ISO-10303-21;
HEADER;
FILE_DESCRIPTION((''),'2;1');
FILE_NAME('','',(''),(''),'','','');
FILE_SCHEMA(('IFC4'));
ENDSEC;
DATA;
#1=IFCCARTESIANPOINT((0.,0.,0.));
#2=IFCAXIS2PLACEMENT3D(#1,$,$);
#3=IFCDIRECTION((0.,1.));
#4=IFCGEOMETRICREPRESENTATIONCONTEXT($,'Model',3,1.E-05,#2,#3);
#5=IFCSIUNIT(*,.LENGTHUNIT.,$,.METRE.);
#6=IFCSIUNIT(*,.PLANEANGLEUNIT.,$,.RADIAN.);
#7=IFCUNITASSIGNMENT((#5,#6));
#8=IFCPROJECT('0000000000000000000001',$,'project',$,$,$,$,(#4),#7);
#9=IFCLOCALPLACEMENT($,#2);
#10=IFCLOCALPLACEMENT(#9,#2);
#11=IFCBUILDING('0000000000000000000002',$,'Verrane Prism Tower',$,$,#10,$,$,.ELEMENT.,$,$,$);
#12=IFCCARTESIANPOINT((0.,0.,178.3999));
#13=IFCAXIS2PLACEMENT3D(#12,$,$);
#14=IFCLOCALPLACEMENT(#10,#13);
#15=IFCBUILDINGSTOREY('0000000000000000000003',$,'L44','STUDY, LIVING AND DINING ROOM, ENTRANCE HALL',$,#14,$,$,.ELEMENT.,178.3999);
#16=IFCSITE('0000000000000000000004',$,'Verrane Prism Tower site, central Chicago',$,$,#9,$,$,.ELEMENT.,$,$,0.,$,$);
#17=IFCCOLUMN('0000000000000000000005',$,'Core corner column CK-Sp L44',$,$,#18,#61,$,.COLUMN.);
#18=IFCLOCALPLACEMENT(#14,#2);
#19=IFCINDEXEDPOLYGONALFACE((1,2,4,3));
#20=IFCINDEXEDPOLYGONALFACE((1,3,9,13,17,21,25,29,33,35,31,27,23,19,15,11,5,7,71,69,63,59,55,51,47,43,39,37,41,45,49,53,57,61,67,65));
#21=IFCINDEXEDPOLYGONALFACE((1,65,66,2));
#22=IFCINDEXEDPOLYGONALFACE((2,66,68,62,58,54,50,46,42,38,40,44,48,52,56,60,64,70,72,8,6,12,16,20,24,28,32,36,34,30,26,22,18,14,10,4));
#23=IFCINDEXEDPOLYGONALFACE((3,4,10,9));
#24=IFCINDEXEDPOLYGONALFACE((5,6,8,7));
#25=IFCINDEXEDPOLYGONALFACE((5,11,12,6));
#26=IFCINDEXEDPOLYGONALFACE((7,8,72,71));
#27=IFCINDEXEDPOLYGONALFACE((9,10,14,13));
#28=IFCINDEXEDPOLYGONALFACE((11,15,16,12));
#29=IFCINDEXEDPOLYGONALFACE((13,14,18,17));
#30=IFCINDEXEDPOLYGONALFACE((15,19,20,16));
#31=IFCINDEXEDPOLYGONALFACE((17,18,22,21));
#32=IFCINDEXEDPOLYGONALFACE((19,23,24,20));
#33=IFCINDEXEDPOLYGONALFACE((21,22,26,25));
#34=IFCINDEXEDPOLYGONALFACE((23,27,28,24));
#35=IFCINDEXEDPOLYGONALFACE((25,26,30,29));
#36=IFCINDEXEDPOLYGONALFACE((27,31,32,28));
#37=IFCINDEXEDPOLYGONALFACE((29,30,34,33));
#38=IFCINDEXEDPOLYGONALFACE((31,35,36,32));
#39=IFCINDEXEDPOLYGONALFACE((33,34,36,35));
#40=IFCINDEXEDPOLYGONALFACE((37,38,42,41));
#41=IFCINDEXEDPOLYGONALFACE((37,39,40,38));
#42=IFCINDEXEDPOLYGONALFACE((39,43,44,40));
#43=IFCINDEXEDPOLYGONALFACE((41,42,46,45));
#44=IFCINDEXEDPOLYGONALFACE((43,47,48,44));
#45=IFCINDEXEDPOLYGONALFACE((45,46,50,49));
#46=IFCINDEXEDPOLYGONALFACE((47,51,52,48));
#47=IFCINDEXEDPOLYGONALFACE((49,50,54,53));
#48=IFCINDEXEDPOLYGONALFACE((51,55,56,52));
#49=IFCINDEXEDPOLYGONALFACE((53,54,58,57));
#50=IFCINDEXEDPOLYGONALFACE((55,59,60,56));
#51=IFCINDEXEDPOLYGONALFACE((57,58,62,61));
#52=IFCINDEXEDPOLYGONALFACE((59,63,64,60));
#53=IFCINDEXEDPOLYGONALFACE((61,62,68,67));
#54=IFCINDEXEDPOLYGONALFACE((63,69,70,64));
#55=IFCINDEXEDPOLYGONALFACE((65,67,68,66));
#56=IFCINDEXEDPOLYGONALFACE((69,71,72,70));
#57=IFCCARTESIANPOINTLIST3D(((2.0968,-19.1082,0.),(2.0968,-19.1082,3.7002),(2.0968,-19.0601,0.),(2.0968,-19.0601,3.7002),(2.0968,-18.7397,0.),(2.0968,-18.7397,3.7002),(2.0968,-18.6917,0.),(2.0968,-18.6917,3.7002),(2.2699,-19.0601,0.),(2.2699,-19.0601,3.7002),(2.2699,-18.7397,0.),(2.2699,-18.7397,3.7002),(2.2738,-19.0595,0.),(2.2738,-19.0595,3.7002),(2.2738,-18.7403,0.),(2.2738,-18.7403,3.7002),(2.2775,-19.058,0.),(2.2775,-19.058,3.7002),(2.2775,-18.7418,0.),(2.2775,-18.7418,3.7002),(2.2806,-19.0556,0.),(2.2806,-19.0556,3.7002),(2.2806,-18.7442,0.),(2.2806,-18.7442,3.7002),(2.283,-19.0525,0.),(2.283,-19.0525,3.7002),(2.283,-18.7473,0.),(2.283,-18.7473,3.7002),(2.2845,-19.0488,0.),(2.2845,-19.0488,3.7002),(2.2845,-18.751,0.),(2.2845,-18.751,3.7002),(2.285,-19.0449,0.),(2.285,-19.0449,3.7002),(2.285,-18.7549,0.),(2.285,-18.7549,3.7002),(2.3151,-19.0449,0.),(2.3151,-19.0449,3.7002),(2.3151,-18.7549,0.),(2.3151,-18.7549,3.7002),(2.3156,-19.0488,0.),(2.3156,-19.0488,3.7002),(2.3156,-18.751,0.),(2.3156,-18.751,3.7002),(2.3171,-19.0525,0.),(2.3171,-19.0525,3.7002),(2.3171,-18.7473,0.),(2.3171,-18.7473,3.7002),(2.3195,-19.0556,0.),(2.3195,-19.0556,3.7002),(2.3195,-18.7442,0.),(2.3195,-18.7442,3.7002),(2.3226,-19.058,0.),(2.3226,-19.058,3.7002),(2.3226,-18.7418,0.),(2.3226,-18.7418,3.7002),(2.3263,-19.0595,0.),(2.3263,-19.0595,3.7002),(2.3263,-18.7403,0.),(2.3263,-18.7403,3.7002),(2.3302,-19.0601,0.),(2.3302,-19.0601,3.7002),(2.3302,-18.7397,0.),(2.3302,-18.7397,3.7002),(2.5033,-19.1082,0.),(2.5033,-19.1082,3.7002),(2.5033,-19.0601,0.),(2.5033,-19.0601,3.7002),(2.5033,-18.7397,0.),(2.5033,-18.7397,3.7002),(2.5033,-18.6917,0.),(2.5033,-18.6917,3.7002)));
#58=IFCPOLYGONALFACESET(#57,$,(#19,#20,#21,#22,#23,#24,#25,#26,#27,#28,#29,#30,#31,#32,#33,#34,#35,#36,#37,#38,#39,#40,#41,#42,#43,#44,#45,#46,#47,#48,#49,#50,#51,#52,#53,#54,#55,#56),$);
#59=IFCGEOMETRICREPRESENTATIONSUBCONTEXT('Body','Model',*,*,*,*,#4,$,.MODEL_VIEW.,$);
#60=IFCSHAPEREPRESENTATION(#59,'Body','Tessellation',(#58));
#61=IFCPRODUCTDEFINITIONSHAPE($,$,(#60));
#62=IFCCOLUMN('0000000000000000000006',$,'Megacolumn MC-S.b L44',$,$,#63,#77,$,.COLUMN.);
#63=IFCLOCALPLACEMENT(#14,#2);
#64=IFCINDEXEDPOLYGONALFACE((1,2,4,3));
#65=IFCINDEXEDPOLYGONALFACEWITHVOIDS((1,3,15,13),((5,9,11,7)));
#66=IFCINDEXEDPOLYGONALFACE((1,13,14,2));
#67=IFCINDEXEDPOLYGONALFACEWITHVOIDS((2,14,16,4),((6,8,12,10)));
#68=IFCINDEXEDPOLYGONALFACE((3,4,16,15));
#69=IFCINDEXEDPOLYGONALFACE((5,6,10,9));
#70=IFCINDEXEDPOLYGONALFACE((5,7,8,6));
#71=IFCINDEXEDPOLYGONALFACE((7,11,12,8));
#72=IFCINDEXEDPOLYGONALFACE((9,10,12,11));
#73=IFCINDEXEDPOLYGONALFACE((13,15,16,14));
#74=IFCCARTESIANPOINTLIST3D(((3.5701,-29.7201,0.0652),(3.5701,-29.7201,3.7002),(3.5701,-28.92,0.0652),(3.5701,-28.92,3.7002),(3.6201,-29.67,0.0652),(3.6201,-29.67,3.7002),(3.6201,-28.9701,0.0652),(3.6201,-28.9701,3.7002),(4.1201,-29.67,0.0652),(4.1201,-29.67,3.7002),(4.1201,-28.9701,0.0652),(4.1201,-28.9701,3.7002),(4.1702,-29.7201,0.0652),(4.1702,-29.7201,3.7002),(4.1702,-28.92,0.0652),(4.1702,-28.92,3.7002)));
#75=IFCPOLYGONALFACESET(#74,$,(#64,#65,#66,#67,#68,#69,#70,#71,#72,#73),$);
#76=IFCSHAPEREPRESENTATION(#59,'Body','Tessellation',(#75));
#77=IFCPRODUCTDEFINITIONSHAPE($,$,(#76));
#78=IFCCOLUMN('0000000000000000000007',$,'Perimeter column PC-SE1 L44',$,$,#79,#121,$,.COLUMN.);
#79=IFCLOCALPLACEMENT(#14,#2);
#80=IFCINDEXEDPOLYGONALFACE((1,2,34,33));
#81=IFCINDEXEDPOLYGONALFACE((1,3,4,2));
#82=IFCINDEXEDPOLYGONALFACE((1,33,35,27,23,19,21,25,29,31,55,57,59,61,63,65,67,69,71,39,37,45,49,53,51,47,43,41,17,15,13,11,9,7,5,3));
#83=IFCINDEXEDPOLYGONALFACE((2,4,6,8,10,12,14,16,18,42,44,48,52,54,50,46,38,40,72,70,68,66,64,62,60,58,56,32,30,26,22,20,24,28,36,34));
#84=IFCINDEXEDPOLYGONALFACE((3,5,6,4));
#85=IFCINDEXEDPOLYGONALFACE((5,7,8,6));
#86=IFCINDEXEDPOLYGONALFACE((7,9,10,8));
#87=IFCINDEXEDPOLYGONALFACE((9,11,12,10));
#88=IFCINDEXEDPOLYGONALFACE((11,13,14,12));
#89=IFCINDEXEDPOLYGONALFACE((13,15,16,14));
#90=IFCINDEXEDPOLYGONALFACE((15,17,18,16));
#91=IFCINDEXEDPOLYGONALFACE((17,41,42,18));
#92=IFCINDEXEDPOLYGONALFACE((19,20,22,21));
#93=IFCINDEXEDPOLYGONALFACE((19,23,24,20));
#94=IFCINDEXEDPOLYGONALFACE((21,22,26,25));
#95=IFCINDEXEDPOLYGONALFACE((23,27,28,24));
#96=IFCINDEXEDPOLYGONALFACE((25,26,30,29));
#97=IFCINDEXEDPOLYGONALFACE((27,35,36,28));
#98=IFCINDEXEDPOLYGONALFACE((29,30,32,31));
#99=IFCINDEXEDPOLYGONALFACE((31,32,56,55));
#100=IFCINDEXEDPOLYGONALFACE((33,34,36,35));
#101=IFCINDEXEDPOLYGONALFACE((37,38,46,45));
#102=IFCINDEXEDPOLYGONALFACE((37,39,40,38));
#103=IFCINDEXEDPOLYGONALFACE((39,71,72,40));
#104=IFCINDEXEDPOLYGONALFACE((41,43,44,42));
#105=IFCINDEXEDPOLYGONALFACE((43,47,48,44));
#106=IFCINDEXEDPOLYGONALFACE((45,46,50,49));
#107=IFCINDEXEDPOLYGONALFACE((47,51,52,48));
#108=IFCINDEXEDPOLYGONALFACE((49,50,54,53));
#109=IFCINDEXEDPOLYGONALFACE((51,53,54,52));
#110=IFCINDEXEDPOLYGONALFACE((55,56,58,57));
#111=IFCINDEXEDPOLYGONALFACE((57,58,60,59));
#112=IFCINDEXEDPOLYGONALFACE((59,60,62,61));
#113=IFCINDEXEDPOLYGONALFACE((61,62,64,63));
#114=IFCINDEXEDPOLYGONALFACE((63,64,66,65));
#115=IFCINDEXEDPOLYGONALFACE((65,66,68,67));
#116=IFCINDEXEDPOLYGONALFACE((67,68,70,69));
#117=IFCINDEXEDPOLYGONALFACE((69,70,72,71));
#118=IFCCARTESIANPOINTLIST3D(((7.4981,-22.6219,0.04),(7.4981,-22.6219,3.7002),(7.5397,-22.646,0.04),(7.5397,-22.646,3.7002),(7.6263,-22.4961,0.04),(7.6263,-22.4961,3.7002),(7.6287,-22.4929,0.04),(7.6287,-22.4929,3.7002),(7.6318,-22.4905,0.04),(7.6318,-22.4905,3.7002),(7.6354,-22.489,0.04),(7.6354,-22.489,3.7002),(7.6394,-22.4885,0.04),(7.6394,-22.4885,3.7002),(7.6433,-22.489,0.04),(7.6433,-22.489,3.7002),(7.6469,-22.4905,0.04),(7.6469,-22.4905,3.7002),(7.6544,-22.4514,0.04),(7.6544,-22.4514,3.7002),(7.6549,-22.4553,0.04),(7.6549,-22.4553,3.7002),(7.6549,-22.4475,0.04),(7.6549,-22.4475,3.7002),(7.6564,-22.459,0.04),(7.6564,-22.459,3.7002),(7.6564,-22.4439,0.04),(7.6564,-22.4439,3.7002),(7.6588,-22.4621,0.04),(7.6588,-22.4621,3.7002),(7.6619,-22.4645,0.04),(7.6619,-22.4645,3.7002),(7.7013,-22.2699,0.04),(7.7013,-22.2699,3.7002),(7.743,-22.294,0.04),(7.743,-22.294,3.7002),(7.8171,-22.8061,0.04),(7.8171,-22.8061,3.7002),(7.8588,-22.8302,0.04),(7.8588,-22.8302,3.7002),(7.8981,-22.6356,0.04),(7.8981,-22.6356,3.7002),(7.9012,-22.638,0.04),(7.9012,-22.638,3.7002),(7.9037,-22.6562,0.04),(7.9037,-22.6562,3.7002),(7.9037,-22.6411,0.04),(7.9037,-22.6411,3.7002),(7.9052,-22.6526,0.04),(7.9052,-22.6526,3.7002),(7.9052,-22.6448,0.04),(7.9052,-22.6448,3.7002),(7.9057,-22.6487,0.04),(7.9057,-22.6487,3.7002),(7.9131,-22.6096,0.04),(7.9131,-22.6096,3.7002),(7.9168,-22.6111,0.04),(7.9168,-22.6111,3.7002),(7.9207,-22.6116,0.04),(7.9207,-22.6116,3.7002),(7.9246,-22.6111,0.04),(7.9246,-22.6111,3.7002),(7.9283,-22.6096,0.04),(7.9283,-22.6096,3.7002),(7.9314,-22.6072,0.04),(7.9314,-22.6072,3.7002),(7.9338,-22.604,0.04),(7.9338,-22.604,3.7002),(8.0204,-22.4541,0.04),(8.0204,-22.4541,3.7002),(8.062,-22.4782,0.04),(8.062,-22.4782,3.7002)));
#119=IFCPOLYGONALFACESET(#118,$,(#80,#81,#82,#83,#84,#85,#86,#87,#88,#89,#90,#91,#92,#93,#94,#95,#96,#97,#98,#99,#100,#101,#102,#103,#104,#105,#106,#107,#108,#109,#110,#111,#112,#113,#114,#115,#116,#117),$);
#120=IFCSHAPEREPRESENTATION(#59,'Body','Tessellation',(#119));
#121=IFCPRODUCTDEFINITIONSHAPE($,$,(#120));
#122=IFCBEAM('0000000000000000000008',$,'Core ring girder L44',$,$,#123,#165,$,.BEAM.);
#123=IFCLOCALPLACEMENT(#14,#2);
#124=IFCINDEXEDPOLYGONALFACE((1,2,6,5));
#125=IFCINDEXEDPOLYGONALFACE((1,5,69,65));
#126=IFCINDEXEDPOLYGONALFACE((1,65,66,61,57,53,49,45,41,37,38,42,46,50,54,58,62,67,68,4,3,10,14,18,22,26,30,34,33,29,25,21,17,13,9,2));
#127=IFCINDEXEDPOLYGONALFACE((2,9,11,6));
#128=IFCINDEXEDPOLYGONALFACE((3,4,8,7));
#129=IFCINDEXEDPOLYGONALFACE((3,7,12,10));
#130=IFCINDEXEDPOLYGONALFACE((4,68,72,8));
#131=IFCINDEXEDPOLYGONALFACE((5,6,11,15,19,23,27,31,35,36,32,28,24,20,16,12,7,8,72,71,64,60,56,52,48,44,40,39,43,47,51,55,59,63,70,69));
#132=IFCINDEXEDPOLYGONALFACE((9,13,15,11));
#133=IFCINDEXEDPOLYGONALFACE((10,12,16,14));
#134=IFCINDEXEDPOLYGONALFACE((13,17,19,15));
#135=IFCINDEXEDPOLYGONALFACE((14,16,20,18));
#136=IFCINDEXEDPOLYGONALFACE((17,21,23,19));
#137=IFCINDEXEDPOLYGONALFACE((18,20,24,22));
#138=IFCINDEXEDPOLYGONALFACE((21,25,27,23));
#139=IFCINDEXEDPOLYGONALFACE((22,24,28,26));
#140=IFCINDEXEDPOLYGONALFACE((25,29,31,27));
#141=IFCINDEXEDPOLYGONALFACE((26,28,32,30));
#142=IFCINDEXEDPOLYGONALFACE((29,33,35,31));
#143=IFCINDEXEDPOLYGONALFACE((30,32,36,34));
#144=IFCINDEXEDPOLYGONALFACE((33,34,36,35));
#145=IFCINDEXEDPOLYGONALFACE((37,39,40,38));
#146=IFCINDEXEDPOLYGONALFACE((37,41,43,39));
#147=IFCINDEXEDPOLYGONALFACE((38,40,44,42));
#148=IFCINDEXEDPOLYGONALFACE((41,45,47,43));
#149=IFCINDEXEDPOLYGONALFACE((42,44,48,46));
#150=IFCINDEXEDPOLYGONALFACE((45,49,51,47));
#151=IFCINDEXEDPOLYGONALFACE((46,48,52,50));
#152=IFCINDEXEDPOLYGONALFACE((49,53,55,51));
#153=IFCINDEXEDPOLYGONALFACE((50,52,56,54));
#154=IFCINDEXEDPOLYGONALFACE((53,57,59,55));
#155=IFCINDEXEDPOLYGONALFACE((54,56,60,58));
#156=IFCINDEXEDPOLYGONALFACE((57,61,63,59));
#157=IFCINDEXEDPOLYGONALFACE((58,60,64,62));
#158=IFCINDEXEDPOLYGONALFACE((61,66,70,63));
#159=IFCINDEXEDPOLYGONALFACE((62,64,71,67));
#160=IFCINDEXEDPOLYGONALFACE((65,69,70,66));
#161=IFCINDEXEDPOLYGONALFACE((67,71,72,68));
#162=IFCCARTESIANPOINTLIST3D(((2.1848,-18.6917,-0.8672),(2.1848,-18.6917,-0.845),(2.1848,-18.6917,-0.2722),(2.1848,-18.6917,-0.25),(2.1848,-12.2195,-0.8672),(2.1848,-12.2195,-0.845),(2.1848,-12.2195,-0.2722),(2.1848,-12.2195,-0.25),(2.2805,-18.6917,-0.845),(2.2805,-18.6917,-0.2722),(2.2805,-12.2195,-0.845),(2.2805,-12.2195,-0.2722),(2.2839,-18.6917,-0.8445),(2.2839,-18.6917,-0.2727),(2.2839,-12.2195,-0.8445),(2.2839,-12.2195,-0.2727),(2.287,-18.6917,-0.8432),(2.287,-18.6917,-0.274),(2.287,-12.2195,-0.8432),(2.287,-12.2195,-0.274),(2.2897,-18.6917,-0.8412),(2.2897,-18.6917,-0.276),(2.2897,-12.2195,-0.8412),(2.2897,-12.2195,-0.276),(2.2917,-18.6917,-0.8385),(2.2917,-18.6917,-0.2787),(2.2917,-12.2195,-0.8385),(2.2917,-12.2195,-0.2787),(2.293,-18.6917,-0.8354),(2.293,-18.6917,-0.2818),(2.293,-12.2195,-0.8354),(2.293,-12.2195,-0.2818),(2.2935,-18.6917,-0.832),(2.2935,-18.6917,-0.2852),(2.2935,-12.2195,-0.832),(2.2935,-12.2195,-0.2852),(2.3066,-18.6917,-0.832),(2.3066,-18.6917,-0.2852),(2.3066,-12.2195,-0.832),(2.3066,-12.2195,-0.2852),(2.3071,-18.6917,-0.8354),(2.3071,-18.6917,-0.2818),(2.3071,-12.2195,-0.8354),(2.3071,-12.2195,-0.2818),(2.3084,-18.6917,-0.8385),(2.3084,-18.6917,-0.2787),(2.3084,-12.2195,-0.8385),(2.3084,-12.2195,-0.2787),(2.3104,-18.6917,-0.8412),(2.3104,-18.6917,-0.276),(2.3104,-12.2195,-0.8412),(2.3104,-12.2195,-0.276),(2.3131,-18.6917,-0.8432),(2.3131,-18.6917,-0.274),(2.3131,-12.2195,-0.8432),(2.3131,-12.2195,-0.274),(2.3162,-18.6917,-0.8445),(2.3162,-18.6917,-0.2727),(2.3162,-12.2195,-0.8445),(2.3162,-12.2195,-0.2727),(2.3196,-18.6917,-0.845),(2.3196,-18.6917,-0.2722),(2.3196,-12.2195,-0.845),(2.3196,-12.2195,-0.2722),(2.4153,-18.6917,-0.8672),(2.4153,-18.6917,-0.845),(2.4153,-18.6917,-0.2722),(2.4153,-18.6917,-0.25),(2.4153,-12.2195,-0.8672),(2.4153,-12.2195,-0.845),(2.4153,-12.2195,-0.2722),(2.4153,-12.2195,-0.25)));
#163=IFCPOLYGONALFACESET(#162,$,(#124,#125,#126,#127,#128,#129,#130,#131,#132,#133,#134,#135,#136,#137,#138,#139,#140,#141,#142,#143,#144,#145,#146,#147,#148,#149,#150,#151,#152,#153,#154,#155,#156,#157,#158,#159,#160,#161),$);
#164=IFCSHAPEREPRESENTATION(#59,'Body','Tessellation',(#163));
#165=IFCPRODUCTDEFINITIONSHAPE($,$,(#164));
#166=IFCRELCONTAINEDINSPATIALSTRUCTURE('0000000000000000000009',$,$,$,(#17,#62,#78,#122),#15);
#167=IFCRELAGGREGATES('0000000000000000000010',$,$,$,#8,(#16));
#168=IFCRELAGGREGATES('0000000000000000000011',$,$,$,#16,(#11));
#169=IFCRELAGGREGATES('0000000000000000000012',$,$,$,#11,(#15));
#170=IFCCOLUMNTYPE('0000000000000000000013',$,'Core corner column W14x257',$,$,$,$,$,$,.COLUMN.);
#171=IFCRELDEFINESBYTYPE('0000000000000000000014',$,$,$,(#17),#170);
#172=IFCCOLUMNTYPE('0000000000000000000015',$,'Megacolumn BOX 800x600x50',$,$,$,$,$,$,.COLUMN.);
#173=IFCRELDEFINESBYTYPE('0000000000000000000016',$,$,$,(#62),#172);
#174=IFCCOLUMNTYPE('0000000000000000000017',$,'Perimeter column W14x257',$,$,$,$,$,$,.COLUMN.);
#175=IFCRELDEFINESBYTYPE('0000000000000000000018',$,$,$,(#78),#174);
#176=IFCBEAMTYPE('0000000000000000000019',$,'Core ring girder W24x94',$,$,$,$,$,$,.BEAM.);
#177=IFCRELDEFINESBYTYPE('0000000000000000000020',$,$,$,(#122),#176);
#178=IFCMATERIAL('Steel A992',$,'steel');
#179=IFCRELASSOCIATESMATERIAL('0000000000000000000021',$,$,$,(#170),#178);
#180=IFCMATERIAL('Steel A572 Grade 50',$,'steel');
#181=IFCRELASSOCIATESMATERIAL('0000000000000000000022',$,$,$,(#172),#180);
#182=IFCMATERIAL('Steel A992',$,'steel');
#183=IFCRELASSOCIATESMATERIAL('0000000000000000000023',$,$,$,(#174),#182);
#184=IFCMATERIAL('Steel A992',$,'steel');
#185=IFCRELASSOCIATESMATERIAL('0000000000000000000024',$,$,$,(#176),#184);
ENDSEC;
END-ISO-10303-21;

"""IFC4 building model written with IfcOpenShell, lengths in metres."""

from ifc_helpers import new_model, si_unit, direction, frame, origin, origin_2d, place, context, subcontext, project, spatial, hollow_rectangle, i_section, extrude, material, material_profile, profile_set, type_object, element, save


model = new_model("IFC4")

# Units and contexts
model_context = context("Model", 3, precision=1e-05, world=origin(), true_north=direction((0.0, 1.0)))
body_context = subcontext(model_context, "Body", "Model", "MODEL_VIEW")
ifc_project = project(units=[si_unit("LENGTHUNIT", "METRE"), si_unit("PLANEANGLEUNIT", "RADIAN")], contexts=[model_context])

# Site, building, storey
site_placement = place(None, origin())
site = spatial("IfcSite", under=ifc_project, at=site_placement, Name="Verrane Prism Tower site, central Chicago", CompositionType="ELEMENT", RefElevation=0.0)
building_placement = place(site_placement, origin())
building = spatial("IfcBuilding", under=site, at=building_placement, Name="Verrane Prism Tower", CompositionType="ELEMENT")
storey_placement = place(building_placement, frame((0.0, 0.0, 178.3999)))
storey = spatial("IfcBuildingStorey", under=building, at=storey_placement, Name="L44", Description="STUDY, LIVING AND DINING ROOM, ENTRANCE HALL", CompositionType="ELEMENT", Elevation=178.3999)

# Columns
ifc_material_1 = material(Name="Steel A992", Category="steel")
ifc_material_profile_1 = material_profile(ifc_material_1, i_section(OverallWidth=0.4065, OverallDepth=0.4165, WebThickness=0.03, FlangeThickness=0.0481, FilletRadius=0.0151, at=origin_2d()), Name="W14x257")
ifc_profile_set_1 = profile_set([ifc_material_profile_1], Name="Steel A992")
column_type_1 = type_object("IfcColumnType", Name="Core corner column W14x257", PredefinedType="COLUMN", material=ifc_profile_set_1)
column_1_placement = place(storey_placement, frame((2.3, -18.8999, 0.0), z_axis=(0.0, 0.0, 1.0), x_axis=(-1.0, 0.0, 0.0)))
element("IfcColumn", 1, at=column_1_placement, inside=storey, type_object=column_type_1, Name="Core corner column CK-Sp L44", PredefinedType="COLUMN", context=body_context, shape_type="SweptSolid", body=[
    extrude(i_section(OverallWidth=0.4065, OverallDepth=0.4165, WebThickness=0.03, FlangeThickness=0.0481, FilletRadius=0.0151, at=origin_2d()), origin(), (0.0, 0.0, 1.0), 3.7002),
])
ifc_material_2 = material(Name="Steel A572 Grade 50", Category="steel")
ifc_material_profile_2 = material_profile(ifc_material_2, hollow_rectangle(XDim=0.6001, YDim=0.8, WallThickness=0.05, at=origin_2d()), Name="BOX 800x600x50")
ifc_profile_set_2 = profile_set([ifc_material_profile_2], Name="Steel A572 Grade 50")
column_type_2 = type_object("IfcColumnType", Name="Megacolumn BOX 800x600x50", PredefinedType="COLUMN", material=ifc_profile_set_2)
column_2_placement = place(storey_placement, frame((3.8701, -29.3201, 0.0652), z_axis=(0.0, 0.0, 1.0), x_axis=(-1.0, 0.0, 0.0)))
element("IfcColumn", 2, at=column_2_placement, inside=storey, type_object=column_type_2, Name="Megacolumn MC-S.b L44", PredefinedType="COLUMN", context=body_context, shape_type="SweptSolid", body=[
    extrude(hollow_rectangle(XDim=0.6001, YDim=0.8, WallThickness=0.05, at=origin_2d()), origin(), (0.0, 0.0, 1.0), 3.635),
])
ifc_material_3 = material(Name="Steel A992", Category="steel")
ifc_material_profile_3 = material_profile(ifc_material_3, i_section(OverallWidth=0.4065, OverallDepth=0.4165, WebThickness=0.03, FlangeThickness=0.0481, FilletRadius=0.0151, at=origin_2d()), Name="W14x257")
ifc_profile_set_3 = profile_set([ifc_material_profile_3], Name="Steel A992")
column_type_3 = type_object("IfcColumnType", Name="Perimeter column W14x257", PredefinedType="COLUMN", material=ifc_profile_set_3)
column_3_placement = place(storey_placement, frame((7.78, -22.55, 0.04), z_axis=(0.0, 0.0, 1.0), x_axis=(-0.5, -0.866025, 0.0)))
element("IfcColumn", 3, at=column_3_placement, inside=storey, type_object=column_type_3, Name="Perimeter column PC-SE1 L44", PredefinedType="COLUMN", context=body_context, shape_type="SweptSolid", body=[
    extrude(i_section(OverallWidth=0.4065, OverallDepth=0.4165, WebThickness=0.03, FlangeThickness=0.0481, FilletRadius=0.0151, at=origin_2d()), origin(), (0.0, 0.0, 1.0), 3.6602),
])

# Beam
ifc_material_4 = material(Name="Steel A992", Category="steel")
ifc_material_profile_4 = material_profile(ifc_material_4, i_section(OverallWidth=0.2305, OverallDepth=0.6172, WebThickness=0.0132, FlangeThickness=0.0222, FilletRadius=0.0129, at=origin_2d()), Name="W24x94")
ifc_profile_set_4 = profile_set([ifc_material_profile_4], Name="Steel A992")
beam_type_1 = type_object("IfcBeamType", Name="Core ring girder W24x94", PredefinedType="BEAM", material=ifc_profile_set_4)
beam_1_placement = place(storey_placement, frame((2.3, -18.6917, -0.5586), z_axis=(0.0, 1.0, 0.0), x_axis=(-1.0, 0.0, 0.0)))
element("IfcBeam", 4, at=beam_1_placement, inside=storey, type_object=beam_type_1, Name="Core ring girder L44", PredefinedType="BEAM", context=body_context, shape_type="SweptSolid", body=[
    extrude(i_section(OverallWidth=0.2305, OverallDepth=0.6172, WebThickness=0.0132, FlangeThickness=0.0222, FilletRadius=0.0129, at=origin_2d()), origin(), (0.0, 0.0, 1.0), 6.4722),
])

save(model, "model.ifc")
